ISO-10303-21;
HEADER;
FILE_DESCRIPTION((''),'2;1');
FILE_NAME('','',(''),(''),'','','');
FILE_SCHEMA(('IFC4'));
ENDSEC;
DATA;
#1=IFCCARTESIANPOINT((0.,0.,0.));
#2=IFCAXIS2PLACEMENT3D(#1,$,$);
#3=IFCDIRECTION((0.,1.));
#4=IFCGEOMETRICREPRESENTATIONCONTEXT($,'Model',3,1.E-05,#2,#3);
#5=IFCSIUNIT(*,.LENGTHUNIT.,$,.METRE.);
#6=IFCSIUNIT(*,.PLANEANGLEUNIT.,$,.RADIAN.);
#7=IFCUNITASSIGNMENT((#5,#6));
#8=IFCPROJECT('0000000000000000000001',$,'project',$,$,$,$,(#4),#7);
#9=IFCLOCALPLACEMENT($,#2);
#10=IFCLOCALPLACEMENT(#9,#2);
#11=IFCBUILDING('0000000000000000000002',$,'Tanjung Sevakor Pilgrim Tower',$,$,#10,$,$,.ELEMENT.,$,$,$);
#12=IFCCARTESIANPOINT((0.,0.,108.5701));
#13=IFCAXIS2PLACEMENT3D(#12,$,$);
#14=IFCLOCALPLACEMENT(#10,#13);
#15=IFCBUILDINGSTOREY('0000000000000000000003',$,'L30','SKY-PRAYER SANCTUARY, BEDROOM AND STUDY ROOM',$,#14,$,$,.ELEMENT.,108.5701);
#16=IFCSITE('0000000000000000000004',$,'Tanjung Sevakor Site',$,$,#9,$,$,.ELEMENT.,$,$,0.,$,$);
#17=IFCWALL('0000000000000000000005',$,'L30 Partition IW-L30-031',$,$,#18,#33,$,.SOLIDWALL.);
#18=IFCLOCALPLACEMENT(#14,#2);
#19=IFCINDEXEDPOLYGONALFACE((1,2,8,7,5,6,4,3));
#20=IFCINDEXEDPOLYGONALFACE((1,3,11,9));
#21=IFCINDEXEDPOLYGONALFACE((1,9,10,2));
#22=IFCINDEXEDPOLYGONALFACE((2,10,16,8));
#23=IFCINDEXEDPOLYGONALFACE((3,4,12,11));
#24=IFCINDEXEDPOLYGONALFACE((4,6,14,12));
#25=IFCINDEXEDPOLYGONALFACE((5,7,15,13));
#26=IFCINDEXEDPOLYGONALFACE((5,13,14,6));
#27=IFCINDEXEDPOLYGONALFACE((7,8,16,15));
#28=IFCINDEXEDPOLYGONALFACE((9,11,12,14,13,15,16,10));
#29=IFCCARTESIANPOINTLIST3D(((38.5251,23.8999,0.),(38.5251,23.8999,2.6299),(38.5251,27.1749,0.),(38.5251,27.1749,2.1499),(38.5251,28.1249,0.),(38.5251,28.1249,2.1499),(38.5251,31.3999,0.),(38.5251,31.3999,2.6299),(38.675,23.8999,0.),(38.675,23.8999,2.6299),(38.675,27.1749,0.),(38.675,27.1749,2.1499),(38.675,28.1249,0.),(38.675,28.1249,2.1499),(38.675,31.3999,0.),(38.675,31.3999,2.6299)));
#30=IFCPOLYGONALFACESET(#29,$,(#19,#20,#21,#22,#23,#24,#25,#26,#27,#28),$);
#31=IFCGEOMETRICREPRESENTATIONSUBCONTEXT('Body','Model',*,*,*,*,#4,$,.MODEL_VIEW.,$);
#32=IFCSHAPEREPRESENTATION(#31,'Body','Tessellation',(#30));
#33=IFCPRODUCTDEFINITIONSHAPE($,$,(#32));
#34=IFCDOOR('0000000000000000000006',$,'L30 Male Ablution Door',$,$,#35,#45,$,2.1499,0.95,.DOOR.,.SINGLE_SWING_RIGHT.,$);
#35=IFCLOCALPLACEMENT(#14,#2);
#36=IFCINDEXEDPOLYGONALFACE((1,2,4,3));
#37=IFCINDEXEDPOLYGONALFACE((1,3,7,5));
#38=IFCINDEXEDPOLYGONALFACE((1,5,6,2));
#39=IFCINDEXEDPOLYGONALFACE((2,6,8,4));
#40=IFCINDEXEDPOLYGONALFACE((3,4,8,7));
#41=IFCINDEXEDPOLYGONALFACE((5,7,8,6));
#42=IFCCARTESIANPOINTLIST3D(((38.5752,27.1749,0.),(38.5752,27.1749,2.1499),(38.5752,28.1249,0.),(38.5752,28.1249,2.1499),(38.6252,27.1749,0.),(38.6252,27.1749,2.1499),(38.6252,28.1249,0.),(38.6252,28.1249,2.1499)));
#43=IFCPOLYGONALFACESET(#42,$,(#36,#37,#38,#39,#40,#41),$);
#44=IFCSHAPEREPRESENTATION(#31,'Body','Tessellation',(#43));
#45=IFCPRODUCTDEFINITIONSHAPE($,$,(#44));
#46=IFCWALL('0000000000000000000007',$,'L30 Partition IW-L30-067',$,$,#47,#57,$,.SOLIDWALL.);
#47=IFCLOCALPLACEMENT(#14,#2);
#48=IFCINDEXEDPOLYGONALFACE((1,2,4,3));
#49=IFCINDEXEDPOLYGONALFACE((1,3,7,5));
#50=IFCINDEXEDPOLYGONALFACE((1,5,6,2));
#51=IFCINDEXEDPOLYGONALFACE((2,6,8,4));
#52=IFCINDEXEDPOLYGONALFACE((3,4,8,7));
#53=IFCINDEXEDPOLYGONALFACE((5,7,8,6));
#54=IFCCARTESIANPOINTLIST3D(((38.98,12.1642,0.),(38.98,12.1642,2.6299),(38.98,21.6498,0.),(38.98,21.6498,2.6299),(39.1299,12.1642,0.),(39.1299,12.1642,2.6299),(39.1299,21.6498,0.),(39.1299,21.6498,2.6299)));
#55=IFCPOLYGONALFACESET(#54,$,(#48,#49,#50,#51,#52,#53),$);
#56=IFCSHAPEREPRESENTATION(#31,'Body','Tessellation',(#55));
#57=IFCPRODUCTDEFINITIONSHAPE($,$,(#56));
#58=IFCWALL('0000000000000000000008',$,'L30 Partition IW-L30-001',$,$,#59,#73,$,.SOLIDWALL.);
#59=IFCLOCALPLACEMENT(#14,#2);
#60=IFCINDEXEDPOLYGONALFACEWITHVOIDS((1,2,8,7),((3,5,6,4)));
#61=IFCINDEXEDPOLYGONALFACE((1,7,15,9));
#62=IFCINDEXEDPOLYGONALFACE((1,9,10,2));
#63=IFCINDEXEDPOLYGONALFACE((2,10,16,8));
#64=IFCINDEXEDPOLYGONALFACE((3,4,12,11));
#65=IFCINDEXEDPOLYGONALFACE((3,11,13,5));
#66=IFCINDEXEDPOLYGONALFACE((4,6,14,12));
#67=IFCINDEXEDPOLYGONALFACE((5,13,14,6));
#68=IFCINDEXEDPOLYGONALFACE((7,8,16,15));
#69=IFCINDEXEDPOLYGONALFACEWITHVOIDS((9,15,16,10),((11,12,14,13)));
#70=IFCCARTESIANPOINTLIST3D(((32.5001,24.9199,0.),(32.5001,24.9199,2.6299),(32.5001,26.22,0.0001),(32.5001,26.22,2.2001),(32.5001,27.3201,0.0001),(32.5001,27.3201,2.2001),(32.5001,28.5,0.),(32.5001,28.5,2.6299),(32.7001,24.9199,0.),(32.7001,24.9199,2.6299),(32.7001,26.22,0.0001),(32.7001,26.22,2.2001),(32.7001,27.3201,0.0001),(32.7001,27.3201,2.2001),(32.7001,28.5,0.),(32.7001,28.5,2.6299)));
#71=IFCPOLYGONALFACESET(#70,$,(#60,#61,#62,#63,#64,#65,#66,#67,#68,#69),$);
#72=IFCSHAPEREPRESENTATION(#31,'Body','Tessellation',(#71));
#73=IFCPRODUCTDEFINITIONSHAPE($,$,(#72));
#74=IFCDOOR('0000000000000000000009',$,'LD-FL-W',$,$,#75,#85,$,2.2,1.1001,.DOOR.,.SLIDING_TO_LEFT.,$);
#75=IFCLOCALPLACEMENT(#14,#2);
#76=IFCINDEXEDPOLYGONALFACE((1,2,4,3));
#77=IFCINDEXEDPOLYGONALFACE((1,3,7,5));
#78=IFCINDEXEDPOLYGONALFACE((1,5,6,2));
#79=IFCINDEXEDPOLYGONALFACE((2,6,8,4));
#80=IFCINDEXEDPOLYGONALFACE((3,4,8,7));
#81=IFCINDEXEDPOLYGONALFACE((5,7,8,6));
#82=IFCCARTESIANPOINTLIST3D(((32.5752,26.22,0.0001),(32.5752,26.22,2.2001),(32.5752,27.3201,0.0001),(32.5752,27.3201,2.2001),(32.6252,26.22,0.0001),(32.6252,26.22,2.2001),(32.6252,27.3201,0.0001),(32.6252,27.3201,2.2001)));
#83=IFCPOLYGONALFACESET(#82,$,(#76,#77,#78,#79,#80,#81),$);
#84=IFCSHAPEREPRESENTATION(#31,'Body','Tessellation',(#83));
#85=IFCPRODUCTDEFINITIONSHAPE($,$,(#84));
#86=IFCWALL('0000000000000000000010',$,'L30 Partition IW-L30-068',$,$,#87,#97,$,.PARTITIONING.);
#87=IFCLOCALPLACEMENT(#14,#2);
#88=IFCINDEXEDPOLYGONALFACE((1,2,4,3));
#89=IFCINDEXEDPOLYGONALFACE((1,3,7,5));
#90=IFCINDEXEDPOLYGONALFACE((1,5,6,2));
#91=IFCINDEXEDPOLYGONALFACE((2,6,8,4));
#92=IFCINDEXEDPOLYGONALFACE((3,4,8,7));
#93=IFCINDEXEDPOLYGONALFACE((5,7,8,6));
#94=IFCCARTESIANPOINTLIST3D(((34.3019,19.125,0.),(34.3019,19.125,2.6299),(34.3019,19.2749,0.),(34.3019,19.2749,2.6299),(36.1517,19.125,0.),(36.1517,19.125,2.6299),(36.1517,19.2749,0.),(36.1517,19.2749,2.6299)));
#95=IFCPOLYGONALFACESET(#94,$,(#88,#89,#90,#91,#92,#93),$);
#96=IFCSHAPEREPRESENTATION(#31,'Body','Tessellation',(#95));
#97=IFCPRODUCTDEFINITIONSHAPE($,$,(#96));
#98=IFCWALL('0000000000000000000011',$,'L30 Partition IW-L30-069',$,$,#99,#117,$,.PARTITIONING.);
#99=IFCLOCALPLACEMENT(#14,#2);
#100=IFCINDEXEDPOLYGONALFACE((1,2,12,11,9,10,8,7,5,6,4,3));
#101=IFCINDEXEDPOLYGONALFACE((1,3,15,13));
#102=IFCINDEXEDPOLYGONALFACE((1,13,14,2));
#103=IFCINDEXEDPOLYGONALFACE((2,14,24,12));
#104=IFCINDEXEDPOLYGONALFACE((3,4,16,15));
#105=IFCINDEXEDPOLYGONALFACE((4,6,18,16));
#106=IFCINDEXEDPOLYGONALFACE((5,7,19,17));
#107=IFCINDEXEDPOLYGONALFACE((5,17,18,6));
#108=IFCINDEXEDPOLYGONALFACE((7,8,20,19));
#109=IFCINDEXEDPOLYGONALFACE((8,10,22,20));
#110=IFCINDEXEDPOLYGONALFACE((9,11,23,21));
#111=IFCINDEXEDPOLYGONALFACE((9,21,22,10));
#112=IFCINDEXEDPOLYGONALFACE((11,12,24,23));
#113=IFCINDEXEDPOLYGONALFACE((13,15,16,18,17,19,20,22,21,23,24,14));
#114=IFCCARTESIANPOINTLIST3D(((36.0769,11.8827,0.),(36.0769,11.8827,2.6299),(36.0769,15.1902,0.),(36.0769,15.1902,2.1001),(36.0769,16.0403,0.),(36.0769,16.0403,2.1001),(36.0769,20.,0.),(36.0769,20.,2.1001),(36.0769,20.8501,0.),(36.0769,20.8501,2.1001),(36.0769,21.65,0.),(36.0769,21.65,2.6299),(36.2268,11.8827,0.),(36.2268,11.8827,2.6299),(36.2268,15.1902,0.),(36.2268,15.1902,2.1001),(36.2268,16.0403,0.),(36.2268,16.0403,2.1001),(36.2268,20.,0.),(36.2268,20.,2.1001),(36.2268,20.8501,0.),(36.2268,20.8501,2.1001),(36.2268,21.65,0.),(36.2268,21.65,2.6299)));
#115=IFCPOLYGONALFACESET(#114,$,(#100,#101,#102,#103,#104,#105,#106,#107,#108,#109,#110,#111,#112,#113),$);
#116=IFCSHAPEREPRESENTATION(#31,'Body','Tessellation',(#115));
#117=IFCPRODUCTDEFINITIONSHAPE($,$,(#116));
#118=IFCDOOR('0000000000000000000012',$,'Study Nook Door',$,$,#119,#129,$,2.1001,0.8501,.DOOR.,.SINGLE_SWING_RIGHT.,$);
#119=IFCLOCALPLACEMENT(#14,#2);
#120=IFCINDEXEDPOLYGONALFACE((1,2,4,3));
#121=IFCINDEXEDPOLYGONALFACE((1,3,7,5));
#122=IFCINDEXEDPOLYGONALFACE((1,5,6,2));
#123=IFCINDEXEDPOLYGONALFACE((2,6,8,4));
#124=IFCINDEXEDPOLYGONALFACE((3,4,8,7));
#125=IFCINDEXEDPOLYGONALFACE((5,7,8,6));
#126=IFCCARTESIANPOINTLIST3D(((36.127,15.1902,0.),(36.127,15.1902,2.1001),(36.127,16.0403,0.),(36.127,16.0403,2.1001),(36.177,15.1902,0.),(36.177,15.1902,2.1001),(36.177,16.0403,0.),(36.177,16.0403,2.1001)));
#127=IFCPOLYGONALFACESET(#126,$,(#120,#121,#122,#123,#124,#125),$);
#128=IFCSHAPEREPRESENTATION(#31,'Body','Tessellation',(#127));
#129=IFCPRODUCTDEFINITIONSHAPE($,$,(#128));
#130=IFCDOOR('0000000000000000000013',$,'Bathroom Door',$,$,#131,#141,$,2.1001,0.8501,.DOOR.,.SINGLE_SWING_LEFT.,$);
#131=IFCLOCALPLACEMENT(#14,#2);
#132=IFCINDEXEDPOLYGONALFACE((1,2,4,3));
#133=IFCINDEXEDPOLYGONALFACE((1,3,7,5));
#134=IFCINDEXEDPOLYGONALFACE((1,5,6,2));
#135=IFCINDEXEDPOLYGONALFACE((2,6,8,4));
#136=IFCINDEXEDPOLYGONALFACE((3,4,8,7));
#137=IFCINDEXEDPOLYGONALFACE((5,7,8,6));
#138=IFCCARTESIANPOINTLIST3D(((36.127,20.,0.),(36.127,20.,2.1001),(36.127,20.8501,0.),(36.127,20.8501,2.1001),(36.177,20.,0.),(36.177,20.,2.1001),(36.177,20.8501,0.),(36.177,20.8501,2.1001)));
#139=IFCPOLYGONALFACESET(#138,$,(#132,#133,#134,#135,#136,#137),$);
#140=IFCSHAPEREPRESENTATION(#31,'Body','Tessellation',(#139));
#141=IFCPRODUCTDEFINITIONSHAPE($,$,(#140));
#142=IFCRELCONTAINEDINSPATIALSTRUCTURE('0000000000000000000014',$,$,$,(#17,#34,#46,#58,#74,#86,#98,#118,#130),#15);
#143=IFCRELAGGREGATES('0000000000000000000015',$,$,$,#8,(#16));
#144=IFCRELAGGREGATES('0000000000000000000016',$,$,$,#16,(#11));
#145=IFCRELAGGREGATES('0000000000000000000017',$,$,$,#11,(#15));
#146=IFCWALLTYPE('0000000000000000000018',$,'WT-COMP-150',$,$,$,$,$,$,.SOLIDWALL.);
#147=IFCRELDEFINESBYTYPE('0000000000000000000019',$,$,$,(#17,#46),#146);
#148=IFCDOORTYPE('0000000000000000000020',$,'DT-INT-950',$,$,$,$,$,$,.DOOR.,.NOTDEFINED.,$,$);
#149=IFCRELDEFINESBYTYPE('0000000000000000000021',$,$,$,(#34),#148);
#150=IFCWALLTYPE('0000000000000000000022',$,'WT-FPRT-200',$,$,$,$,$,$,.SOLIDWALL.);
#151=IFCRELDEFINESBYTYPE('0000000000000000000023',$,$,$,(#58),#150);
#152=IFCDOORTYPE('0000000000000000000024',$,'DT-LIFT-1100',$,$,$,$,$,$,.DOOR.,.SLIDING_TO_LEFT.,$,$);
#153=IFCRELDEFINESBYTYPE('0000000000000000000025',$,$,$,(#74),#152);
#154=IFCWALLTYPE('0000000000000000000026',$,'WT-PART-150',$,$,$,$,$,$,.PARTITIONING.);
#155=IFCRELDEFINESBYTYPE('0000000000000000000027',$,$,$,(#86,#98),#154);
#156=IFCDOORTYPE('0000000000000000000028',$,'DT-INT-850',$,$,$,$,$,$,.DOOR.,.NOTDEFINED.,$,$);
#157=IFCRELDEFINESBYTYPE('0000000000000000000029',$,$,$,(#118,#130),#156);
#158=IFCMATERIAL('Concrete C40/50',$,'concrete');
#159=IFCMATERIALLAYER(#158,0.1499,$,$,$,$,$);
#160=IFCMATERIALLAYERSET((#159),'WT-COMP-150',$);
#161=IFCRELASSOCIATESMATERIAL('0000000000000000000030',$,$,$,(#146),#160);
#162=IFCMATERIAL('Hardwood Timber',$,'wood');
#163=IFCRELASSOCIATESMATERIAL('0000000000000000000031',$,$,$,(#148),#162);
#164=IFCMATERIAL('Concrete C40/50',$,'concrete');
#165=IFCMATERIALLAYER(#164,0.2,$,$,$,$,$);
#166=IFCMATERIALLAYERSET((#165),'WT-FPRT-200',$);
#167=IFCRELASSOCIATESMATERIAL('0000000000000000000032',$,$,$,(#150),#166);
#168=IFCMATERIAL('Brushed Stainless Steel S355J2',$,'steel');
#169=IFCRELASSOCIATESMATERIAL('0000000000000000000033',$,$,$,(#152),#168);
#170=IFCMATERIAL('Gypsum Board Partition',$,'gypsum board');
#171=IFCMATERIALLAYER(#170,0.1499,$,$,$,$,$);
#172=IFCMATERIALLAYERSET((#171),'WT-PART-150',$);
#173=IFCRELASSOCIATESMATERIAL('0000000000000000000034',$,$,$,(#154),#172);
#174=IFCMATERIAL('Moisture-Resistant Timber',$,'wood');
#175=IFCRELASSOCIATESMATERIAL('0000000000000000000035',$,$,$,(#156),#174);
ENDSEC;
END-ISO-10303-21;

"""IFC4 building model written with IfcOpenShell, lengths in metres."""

from ifc_helpers import new_model, si_unit, direction, frame, frame_2d, origin, place, context, subcontext, project, spatial, rectangle, extrude, material, layer, layer_set, type_object, element, fill, save


model = new_model("IFC4")

# Units and contexts
model_context = context("Model", 3, precision=1e-05, world=origin(), true_north=direction((0.0, 1.0)))
body_context = subcontext(model_context, "Body", "Model", "MODEL_VIEW")
ifc_project = project(units=[si_unit("LENGTHUNIT", "METRE"), si_unit("PLANEANGLEUNIT", "RADIAN")], contexts=[model_context])

# Site, building, storey
site_placement = place(None, origin())
site = spatial("IfcSite", under=ifc_project, at=site_placement, Name="Tanjung Sevakor Site", CompositionType="ELEMENT", RefElevation=0.0)
building_placement = place(site_placement, origin())
building = spatial("IfcBuilding", under=site, at=building_placement, Name="Tanjung Sevakor Pilgrim Tower", CompositionType="ELEMENT")
storey_placement = place(building_placement, frame((0.0, 0.0, 108.5701)))
storey = spatial("IfcBuildingStorey", under=building, at=storey_placement, Name="L30", Description="SKY-PRAYER SANCTUARY, BEDROOM AND STUDY ROOM", CompositionType="ELEMENT", Elevation=108.5701)

# Shared definitions
ifc_material_1 = material(Name="Concrete C40/50", Category="concrete")
ifc_layer_1 = layer(ifc_material_1, 0.1499)
ifc_layer_set_1 = layer_set([ifc_layer_1], Name="WT-COMP-150")
wall_type_1 = type_object("IfcWallType", Name="WT-COMP-150", PredefinedType="SOLIDWALL", material=ifc_layer_set_1)

# Wall, opening, door
wall_1_placement = place(storey_placement, frame((38.6001, 23.8999, 0.0), z_axis=(0.0, 0.0, 1.0), x_axis=(0.0, 1.0, 0.0)))
wall_1 = element("IfcWall", 1, at=wall_1_placement, inside=storey, type_object=wall_type_1, Name="L30 Partition IW-L30-031", PredefinedType="SOLIDWALL", context=body_context, shape_type="SweptSolid", body=[
    extrude(rectangle(XDim=7.5, YDim=0.1499, at=frame_2d((3.75, 0.0))), origin(), (0.0, 0.0, 1.0), 2.6299),
])
opening_1_placement = place(wall_1_placement, frame((3.2749, 0.0, 0.0)))
opening_1 = element("IfcOpeningElement", 2, at=opening_1_placement, cuts=wall_1, PredefinedType="OPENING", context=body_context, shape_type="SweptSolid", body=[
    extrude(rectangle(XDim=0.95, YDim=2.1499, at=frame_2d((0.4751, 1.075))), frame((0.0, 0.085, 0.0), z_axis=(0.0, -1.0, 0.0), x_axis=(1.0, 0.0, 0.0)), (0.0, 0.0, 1.0), 0.1699),
])
ifc_material_2 = material(Name="Hardwood Timber", Category="wood")
door_type_1 = type_object("IfcDoorType", Name="DT-INT-950", OperationType="NOTDEFINED", PredefinedType="DOOR", material=ifc_material_2)
door_1_placement = place(opening_1_placement, origin())
door_1 = element("IfcDoor", 3, at=door_1_placement, inside=storey, type_object=door_type_1, Name="L30 Male Ablution Door", OperationType="SINGLE_SWING_RIGHT", OverallHeight=2.1499, OverallWidth=0.95, PredefinedType="DOOR", context=body_context, shape_type="SweptSolid", body=[
    extrude(rectangle(XDim=0.95, YDim=2.1499, at=frame_2d((0.4751, 1.075))), frame((0.0, 0.0249, 0.0), z_axis=(0.0, -1.0, 0.0), x_axis=(1.0, 0.0, 0.0)), (0.0, 0.0, 1.0), 0.05),
])
fill(opening_1, door_1)

# Wall
wall_2_placement = place(storey_placement, frame((39.0549, 12.1643, 0.0), z_axis=(0.0, 0.0, 1.0), x_axis=(0.0, 1.0, 0.0)))
element("IfcWall", 4, at=wall_2_placement, inside=storey, type_object=wall_type_1, Name="L30 Partition IW-L30-067", PredefinedType="SOLIDWALL", context=body_context, shape_type="SweptSolid", body=[
    extrude(rectangle(XDim=9.4856, YDim=0.1499, at=frame_2d((4.7427, 0.0))), origin(), (0.0, 0.0, 1.0), 2.6299),
])

# Wall, opening, door
ifc_material_3 = material(Name="Concrete C40/50", Category="concrete")
ifc_layer_2 = layer(ifc_material_3, 0.2)
ifc_layer_set_2 = layer_set([ifc_layer_2], Name="WT-FPRT-200")
wall_type_2 = type_object("IfcWallType", Name="WT-FPRT-200", PredefinedType="SOLIDWALL", material=ifc_layer_set_2)
wall_3_placement = place(storey_placement, frame((32.6001, 24.9199, 0.0), z_axis=(0.0, 0.0, 1.0), x_axis=(0.0, 1.0, 0.0)))
wall_3 = element("IfcWall", 5, at=wall_3_placement, inside=storey, type_object=wall_type_2, Name="L30 Partition IW-L30-001", PredefinedType="SOLIDWALL", context=body_context, shape_type="SweptSolid", body=[
    extrude(rectangle(XDim=3.5801, YDim=0.2, at=frame_2d((1.79, 0.0))), origin(), (0.0, 0.0, 1.0), 2.6299),
])
opening_2_placement = place(wall_3_placement, frame((1.3, 0.0, 0.0)))
opening_2 = element("IfcOpeningElement", 6, at=opening_2_placement, cuts=wall_3, PredefinedType="OPENING", context=body_context, shape_type="SweptSolid", body=[
    extrude(rectangle(XDim=1.1001, YDim=2.2, at=frame_2d((0.55, 1.1001))), frame((0.0, 0.1099, 0.0), z_axis=(0.0, -1.0, 0.0), x_axis=(1.0, 0.0, 0.0)), (0.0, 0.0, 1.0), 0.22),
])
ifc_material_4 = material(Name="Brushed Stainless Steel S355J2", Category="steel")
door_type_2 = type_object("IfcDoorType", Name="DT-LIFT-1100", OperationType="SLIDING_TO_LEFT", PredefinedType="DOOR", material=ifc_material_4)
door_2_placement = place(opening_2_placement, origin())
door_2 = element("IfcDoor", 7, at=door_2_placement, inside=storey, type_object=door_type_2, Name="LD-FL-W", OperationType="SLIDING_TO_LEFT", OverallHeight=2.2, OverallWidth=1.1001, PredefinedType="DOOR", context=body_context, shape_type="SweptSolid", body=[
    extrude(rectangle(XDim=1.1001, YDim=2.2, at=frame_2d((0.55, 1.1001))), frame((0.0, 0.0249, 0.0), z_axis=(0.0, -1.0, 0.0), x_axis=(1.0, 0.0, 0.0)), (0.0, 0.0, 1.0), 0.05),
])
fill(opening_2, door_2)

# Wall
ifc_material_5 = material(Name="Gypsum Board Partition", Category="gypsum board")
ifc_layer_3 = layer(ifc_material_5, 0.1499)
ifc_layer_set_3 = layer_set([ifc_layer_3], Name="WT-PART-150")
wall_type_3 = type_object("IfcWallType", Name="WT-PART-150", PredefinedType="PARTITIONING", material=ifc_layer_set_3)
wall_4_placement = place(storey_placement, frame((34.302, 19.2, 0.0), z_axis=(0.0, 0.0, 1.0), x_axis=(1.0, 0.0, 0.0)))
element("IfcWall", 8, at=wall_4_placement, inside=storey, type_object=wall_type_3, Name="L30 Partition IW-L30-068", PredefinedType="PARTITIONING", context=body_context, shape_type="SweptSolid", body=[
    extrude(rectangle(XDim=1.8499, YDim=0.1499, at=frame_2d((0.9248, 0.0))), origin(), (0.0, 0.0, 1.0), 2.6299),
])

# Wall, openings, doors
wall_5_placement = place(storey_placement, frame((36.1519, 11.8826, 0.0), z_axis=(0.0, 0.0, 1.0), x_axis=(0.0, 1.0, 0.0)))
wall_5 = element("IfcWall", 9, at=wall_5_placement, inside=storey, type_object=wall_type_3, Name="L30 Partition IW-L30-069", PredefinedType="PARTITIONING", context=body_context, shape_type="SweptSolid", body=[
    extrude(rectangle(XDim=9.7673, YDim=0.1499, at=frame_2d((4.8838, 0.0))), origin(), (0.0, 0.0, 1.0), 2.6299),
])
opening_3_placement = place(wall_5_placement, frame((3.3076, 0.0, 0.0)))
opening_3 = element("IfcOpeningElement", 10, at=opening_3_placement, cuts=wall_5, PredefinedType="OPENING", context=body_context, shape_type="SweptSolid", body=[
    extrude(rectangle(XDim=0.8501, YDim=2.1001, at=frame_2d((0.425, 1.05))), frame((0.0, 0.085, 0.0), z_axis=(0.0, -1.0, 0.0), x_axis=(1.0, 0.0, 0.0)), (0.0, 0.0, 1.0), 0.1699),
])
opening_4_placement = place(wall_5_placement, frame((8.1174, 0.0, 0.0)))
opening_4 = element("IfcOpeningElement", 11, at=opening_4_placement, cuts=wall_5, PredefinedType="OPENING", context=body_context, shape_type="SweptSolid", body=[
    extrude(rectangle(XDim=0.8501, YDim=2.1001, at=frame_2d((0.425, 1.05))), frame((0.0, 0.085, 0.0), z_axis=(0.0, -1.0, 0.0), x_axis=(1.0, 0.0, 0.0)), (0.0, 0.0, 1.0), 0.1699),
])
ifc_material_6 = material(Name="Moisture-Resistant Timber", Category="wood")
door_type_3 = type_object("IfcDoorType", Name="DT-INT-850", OperationType="NOTDEFINED", PredefinedType="DOOR", material=ifc_material_6)
door_3_placement = place(opening_3_placement, origin())
door_3 = element("IfcDoor", 12, at=door_3_placement, inside=storey, type_object=door_type_3, Name="Study Nook Door", OperationType="SINGLE_SWING_RIGHT", OverallHeight=2.1001, OverallWidth=0.8501, PredefinedType="DOOR", context=body_context, shape_type="SweptSolid", body=[
    extrude(rectangle(XDim=0.8501, YDim=2.1001, at=frame_2d((0.425, 1.05))), frame((0.0, 0.0249, 0.0), z_axis=(0.0, -1.0, 0.0), x_axis=(1.0, 0.0, 0.0)), (0.0, 0.0, 1.0), 0.05),
])
fill(opening_3, door_3)
door_4_placement = place(opening_4_placement, origin())
door_4 = element("IfcDoor", 13, at=door_4_placement, inside=storey, type_object=door_type_3, Name="Bathroom Door", OperationType="SINGLE_SWING_LEFT", OverallHeight=2.1001, OverallWidth=0.8501, PredefinedType="DOOR", context=body_context, shape_type="SweptSolid", body=[
    extrude(rectangle(XDim=0.8501, YDim=2.1001, at=frame_2d((0.425, 1.05))), frame((0.0, 0.0249, 0.0), z_axis=(0.0, -1.0, 0.0), x_axis=(1.0, 0.0, 0.0)), (0.0, 0.0, 1.0), 0.05),
])
fill(opening_4, door_4)

save(model, "model.ifc")
